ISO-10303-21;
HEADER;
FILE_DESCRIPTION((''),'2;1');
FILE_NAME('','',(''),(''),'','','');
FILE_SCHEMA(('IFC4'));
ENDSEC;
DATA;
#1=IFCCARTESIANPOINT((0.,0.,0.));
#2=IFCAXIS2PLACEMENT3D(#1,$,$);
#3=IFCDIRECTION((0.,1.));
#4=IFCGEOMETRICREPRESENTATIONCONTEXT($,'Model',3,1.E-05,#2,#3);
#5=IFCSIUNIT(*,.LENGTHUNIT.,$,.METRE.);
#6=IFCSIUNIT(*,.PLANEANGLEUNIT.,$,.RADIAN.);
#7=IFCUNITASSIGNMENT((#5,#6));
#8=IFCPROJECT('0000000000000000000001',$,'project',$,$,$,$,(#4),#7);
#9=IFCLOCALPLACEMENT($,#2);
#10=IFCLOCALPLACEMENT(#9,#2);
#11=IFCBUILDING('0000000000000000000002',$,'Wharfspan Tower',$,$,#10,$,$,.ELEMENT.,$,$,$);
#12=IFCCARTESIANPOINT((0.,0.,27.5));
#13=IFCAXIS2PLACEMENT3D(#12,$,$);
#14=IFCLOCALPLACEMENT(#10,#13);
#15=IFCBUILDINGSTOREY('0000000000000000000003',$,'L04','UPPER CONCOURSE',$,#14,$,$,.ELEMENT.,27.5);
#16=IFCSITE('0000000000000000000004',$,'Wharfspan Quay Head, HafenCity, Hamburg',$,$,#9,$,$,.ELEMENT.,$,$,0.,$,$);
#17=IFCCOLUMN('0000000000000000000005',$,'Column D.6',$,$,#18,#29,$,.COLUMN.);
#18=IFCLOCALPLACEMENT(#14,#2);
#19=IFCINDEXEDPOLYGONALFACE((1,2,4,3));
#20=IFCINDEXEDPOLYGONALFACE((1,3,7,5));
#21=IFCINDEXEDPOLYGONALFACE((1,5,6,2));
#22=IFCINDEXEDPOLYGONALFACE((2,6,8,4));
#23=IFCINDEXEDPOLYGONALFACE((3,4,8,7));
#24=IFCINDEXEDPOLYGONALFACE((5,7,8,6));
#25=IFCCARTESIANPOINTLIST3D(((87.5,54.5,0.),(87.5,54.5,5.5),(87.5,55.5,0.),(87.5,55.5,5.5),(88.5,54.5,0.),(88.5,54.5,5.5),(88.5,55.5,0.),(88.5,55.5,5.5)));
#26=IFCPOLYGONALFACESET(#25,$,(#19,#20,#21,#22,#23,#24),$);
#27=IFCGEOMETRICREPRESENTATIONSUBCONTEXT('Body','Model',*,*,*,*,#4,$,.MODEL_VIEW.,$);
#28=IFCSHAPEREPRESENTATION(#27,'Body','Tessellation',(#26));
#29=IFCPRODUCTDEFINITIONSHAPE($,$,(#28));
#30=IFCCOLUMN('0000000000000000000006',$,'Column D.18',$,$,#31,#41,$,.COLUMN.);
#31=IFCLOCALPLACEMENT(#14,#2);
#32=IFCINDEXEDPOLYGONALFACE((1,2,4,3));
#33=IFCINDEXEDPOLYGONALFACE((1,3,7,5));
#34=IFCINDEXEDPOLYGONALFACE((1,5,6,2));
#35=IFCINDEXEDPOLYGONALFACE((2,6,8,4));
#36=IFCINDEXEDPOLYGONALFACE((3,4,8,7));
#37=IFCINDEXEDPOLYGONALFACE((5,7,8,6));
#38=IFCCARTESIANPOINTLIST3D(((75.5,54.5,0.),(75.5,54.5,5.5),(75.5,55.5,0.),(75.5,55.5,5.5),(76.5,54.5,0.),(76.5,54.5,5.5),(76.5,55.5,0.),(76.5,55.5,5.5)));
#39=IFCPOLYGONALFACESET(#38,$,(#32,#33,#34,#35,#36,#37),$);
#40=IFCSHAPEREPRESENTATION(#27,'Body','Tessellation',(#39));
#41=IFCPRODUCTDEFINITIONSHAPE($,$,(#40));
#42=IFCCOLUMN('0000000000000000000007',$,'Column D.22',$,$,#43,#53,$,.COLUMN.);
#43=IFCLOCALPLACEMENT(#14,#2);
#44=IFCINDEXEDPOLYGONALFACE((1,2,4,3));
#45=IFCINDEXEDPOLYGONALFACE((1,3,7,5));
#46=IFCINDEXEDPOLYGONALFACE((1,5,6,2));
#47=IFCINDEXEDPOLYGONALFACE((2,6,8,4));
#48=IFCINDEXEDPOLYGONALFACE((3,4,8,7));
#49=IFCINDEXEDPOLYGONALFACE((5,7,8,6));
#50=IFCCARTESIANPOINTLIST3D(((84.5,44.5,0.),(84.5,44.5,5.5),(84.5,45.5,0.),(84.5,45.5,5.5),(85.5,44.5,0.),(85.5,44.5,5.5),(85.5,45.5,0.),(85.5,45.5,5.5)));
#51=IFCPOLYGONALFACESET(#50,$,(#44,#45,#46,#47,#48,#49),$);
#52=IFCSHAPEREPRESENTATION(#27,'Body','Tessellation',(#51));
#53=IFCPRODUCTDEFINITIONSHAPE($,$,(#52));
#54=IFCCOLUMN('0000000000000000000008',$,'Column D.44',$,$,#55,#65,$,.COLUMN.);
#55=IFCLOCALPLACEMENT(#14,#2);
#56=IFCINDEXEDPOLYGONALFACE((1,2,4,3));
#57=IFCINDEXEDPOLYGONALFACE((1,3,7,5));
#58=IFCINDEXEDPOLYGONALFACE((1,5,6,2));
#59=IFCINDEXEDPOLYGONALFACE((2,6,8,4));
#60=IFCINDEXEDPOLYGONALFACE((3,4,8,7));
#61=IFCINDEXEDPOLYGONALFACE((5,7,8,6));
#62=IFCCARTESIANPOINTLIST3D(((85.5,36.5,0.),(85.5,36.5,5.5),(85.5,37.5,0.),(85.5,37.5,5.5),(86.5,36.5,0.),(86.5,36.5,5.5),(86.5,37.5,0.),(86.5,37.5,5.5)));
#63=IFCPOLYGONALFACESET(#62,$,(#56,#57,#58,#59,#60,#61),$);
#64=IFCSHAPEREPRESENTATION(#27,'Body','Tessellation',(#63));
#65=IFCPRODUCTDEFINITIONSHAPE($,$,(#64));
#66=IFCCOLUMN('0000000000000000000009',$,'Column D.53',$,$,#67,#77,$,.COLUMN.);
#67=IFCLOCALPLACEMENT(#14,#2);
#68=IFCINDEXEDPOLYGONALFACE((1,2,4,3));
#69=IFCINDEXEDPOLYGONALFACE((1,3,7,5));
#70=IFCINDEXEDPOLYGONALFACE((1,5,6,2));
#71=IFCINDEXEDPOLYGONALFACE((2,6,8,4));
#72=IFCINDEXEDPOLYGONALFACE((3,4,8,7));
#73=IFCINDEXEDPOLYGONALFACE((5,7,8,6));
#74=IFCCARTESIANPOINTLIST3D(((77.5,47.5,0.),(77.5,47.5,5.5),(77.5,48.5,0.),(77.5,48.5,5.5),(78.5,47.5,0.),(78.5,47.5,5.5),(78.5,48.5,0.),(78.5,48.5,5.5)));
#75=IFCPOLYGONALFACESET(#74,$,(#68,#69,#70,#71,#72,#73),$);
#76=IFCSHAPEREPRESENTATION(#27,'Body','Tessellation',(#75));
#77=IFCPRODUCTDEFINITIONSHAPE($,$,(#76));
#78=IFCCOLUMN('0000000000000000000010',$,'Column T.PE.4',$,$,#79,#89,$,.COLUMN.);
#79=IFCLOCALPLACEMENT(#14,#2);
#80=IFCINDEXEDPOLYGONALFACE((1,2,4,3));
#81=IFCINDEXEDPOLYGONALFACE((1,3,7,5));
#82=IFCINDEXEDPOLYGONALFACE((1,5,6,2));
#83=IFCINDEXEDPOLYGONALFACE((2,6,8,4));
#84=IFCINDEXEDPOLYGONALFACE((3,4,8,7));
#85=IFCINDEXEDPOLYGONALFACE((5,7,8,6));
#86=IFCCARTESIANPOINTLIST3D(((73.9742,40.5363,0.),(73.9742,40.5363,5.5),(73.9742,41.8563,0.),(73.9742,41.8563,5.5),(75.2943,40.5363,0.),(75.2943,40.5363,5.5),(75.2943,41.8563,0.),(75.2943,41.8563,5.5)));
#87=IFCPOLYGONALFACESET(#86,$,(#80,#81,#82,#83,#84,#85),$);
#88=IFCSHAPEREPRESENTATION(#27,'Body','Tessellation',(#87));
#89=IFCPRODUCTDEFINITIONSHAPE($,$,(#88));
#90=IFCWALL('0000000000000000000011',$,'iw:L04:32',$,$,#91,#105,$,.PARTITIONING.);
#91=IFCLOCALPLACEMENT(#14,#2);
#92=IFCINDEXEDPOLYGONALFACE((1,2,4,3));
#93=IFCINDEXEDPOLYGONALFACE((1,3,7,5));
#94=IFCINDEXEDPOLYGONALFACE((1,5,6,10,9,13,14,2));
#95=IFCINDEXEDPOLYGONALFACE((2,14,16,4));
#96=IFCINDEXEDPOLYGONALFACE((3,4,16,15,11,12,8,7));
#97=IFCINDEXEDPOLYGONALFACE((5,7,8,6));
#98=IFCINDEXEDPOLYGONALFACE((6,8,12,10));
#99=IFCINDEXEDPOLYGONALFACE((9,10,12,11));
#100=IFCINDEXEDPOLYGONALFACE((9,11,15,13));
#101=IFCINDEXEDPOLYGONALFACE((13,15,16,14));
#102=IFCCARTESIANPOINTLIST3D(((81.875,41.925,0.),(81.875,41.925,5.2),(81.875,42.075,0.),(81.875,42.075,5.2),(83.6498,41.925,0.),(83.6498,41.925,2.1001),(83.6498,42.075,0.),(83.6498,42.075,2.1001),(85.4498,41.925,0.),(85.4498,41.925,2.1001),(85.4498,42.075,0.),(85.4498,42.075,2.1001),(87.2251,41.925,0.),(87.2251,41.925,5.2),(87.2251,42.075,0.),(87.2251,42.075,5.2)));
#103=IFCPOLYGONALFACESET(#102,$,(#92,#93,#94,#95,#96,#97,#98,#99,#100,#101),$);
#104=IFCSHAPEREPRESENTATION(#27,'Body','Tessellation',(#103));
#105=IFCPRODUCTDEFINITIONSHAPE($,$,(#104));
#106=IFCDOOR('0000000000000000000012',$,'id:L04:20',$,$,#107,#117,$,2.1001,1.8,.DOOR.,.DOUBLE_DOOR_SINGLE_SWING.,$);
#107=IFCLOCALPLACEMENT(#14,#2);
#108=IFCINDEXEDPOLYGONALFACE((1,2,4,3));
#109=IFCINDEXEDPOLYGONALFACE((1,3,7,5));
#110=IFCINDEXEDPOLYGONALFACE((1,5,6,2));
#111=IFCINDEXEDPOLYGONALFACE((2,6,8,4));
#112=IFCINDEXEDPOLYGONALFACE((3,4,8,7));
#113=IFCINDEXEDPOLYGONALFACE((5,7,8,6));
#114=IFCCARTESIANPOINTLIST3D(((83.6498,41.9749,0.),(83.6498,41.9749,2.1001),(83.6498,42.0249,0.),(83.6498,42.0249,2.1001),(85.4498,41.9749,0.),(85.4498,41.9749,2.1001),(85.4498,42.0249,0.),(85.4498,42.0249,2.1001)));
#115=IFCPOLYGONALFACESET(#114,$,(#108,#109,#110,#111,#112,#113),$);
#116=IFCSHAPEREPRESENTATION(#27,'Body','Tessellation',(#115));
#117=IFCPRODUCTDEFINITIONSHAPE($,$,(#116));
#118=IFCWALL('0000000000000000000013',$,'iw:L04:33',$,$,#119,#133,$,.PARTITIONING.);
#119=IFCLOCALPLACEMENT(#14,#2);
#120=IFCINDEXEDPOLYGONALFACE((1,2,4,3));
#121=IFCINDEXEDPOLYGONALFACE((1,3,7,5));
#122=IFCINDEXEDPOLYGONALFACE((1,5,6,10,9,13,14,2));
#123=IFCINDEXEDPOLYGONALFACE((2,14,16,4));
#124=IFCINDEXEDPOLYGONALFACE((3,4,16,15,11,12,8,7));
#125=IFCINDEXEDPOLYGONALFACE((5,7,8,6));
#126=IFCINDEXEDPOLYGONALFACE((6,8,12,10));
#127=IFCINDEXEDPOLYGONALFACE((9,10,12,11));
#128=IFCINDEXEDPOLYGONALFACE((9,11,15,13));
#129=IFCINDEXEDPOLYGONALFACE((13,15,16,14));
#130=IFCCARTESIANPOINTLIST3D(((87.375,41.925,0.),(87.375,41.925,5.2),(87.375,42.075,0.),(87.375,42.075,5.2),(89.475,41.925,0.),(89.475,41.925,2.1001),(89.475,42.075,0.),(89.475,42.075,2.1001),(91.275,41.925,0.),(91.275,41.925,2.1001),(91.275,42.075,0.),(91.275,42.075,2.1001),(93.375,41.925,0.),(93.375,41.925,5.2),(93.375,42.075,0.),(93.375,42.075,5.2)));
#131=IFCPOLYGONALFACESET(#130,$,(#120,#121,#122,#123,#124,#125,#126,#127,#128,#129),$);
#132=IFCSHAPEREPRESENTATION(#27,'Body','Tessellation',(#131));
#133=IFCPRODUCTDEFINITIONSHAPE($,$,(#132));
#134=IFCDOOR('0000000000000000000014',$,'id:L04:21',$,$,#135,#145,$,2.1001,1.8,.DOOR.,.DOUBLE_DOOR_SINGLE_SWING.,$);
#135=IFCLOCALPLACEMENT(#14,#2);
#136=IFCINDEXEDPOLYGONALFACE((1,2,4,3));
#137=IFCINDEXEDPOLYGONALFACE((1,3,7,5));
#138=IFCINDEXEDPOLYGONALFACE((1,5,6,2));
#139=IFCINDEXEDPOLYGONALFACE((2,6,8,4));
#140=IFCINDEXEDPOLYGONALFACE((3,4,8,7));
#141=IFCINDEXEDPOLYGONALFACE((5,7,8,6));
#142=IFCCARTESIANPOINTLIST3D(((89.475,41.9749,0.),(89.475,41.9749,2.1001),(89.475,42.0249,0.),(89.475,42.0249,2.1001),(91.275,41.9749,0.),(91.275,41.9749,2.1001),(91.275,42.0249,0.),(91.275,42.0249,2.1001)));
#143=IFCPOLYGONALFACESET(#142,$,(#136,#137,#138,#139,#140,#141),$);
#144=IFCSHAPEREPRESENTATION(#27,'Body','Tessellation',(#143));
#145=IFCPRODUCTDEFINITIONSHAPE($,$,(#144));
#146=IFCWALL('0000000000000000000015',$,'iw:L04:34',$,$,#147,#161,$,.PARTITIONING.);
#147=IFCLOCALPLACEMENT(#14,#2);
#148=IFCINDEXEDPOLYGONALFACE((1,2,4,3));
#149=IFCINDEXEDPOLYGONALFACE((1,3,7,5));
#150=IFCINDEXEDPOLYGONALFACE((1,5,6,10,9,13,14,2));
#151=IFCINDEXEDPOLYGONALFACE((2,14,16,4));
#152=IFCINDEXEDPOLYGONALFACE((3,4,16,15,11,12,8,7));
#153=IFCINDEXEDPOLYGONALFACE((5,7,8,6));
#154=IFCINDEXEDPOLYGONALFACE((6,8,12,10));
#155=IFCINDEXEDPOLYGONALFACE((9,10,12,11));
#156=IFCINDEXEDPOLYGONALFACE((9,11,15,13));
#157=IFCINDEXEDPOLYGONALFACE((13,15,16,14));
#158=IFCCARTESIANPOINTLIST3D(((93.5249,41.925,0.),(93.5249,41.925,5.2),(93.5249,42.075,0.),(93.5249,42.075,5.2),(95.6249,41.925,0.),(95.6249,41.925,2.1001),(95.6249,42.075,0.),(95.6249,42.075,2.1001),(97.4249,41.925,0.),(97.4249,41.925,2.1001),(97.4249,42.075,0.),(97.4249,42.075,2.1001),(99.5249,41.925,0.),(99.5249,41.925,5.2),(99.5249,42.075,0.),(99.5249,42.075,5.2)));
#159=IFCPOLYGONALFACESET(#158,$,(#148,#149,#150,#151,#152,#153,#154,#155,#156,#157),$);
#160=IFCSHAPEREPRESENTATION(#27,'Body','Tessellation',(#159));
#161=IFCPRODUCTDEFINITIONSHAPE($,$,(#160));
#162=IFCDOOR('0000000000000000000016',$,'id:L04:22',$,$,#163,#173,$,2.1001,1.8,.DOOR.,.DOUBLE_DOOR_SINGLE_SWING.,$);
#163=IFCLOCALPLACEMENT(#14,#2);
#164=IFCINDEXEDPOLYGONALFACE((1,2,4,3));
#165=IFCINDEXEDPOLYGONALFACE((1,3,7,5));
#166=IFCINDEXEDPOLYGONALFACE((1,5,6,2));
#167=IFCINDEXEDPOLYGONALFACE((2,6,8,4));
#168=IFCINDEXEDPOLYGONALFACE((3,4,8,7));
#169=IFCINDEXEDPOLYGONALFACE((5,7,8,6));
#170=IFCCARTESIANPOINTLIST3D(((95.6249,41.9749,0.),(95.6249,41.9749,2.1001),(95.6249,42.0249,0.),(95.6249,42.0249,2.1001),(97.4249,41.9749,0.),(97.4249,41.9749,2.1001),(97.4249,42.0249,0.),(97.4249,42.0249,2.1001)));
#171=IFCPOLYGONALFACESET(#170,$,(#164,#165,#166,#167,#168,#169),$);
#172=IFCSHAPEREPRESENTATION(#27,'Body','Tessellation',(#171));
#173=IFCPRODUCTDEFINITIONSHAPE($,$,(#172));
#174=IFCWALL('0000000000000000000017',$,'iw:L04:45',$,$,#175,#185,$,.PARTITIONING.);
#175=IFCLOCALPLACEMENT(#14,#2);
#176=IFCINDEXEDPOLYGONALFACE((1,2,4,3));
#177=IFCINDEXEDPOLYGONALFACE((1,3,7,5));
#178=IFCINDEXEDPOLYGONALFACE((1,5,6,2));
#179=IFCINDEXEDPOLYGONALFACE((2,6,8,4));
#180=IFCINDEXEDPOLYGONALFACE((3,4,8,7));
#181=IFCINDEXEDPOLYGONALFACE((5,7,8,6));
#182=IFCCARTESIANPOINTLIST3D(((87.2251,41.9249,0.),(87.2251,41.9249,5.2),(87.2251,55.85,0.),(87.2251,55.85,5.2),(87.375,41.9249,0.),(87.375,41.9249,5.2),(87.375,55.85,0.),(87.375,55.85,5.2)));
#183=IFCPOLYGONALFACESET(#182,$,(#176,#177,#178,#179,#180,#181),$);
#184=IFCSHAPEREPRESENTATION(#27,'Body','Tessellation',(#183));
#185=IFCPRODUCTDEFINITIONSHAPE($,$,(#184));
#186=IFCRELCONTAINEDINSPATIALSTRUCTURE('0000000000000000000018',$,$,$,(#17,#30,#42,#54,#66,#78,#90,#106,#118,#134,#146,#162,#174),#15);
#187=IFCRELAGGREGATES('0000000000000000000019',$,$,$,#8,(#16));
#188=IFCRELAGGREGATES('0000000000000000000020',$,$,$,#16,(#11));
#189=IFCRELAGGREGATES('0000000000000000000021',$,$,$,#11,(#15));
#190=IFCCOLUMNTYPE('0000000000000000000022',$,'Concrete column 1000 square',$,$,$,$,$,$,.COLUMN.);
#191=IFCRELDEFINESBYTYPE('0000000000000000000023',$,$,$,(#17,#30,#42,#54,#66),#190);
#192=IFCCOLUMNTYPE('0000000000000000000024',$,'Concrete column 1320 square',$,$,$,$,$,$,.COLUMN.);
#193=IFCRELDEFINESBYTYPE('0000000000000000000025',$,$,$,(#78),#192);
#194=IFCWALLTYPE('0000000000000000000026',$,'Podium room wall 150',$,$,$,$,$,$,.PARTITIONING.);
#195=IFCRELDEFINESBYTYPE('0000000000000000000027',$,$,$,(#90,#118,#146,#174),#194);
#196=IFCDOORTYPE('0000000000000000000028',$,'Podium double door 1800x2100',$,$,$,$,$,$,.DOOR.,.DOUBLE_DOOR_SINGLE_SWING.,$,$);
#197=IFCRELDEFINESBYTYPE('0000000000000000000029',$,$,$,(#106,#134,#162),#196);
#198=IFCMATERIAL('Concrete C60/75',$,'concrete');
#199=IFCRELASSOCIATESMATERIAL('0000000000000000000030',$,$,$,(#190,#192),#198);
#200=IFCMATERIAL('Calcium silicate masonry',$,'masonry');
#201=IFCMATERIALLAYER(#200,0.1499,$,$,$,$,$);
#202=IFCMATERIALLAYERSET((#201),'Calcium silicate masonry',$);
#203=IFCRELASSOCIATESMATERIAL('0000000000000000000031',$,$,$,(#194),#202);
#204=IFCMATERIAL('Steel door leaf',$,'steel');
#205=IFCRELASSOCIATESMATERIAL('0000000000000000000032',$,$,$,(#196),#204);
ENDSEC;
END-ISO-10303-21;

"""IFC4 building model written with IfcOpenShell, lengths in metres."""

from ifc_helpers import new_model, si_unit, direction, frame, frame_2d, origin, origin_2d, place, context, subcontext, project, spatial, rectangle, extrude, material, layer, layer_set, material_profile, profile_set, type_object, element, fill, save


model = new_model("IFC4")

# Units and contexts
model_context = context("Model", 3, precision=1e-05, world=origin(), true_north=direction((0.0, 1.0)))
body_context = subcontext(model_context, "Body", "Model", "MODEL_VIEW")
ifc_project = project(units=[si_unit("LENGTHUNIT", "METRE"), si_unit("PLANEANGLEUNIT", "RADIAN")], contexts=[model_context])

# Site, building, storey
site_placement = place(None, origin())
site = spatial("IfcSite", under=ifc_project, at=site_placement, Name="Wharfspan Quay Head, HafenCity, Hamburg", CompositionType="ELEMENT", RefElevation=0.0)
building_placement = place(site_placement, origin())
building = spatial("IfcBuilding", under=site, at=building_placement, Name="Wharfspan Tower", CompositionType="ELEMENT")
storey_placement = place(building_placement, frame((0.0, 0.0, 27.5)))
storey = spatial("IfcBuildingStorey", under=building, at=storey_placement, Name="L04", Description="UPPER CONCOURSE", CompositionType="ELEMENT", Elevation=27.5)

# Columns
ifc_material_1 = material(Name="Concrete C60/75", Category="concrete")
ifc_material_profile_1 = material_profile(ifc_material_1, rectangle(XDim=1.0, YDim=1.0, at=origin_2d()))
ifc_profile_set_1 = profile_set([ifc_material_profile_1], Name="Concrete C60/75")
column_type_1 = type_object("IfcColumnType", Name="Concrete column 1000 square", PredefinedType="COLUMN", material=ifc_profile_set_1)
for number, where, z_axis, x_axis, name in (
    (1, (88.0, 55.0, 0.0), (0.0, 0.0, 1.0), (1.0, 0.0, 0.0), "Column D.6"),
    (2, (76.0, 55.0, 0.0), (0.0, 0.0, 1.0), (1.0, 0.0, 0.0), "Column D.18"),
    (3, (85.0, 45.0, 0.0), (0.0, 0.0, 1.0), (1.0, 0.0, 0.0), "Column D.22"),
    (4, (86.0, 37.0, 0.0), (0.0, 0.0, 1.0), (1.0, 0.0, 0.0), "Column D.44"),
    (5, (78.0, 48.0, 0.0), (0.0, 0.0, 1.0), (1.0, 0.0, 0.0), "Column D.53"),
):
    element("IfcColumn", number, at=place(storey_placement, frame(where, z_axis=z_axis, x_axis=x_axis)), inside=storey, type_object=column_type_1, Name=name, PredefinedType="COLUMN", context=body_context, shape_type="SweptSolid", body=[
        extrude(rectangle(XDim=1.0, YDim=1.0, at=origin_2d()), origin(), (0.0, 0.0, 1.0), 5.5),
    ])
ifc_material_profile_2 = material_profile(ifc_material_1, rectangle(XDim=1.3201, YDim=1.3201, at=origin_2d()))
ifc_profile_set_2 = profile_set([ifc_material_profile_2], Name="Concrete C60/75")
column_type_2 = type_object("IfcColumnType", Name="Concrete column 1320 square", PredefinedType="COLUMN", material=ifc_profile_set_2)
column_placement = place(storey_placement, frame((74.6343, 41.1963, 0.0), z_axis=(0.0, 0.0, 1.0), x_axis=(1.0, 0.0, 0.0)))
element("IfcColumn", 6, at=column_placement, inside=storey, type_object=column_type_2, Name="Column T.PE.4", PredefinedType="COLUMN", context=body_context, shape_type="SweptSolid", body=[
    extrude(rectangle(XDim=1.3201, YDim=1.3201, at=origin_2d()), origin(), (0.0, 0.0, 1.0), 5.5),
])

# Walls, openings, doors
ifc_material_2 = material(Name="Calcium silicate masonry", Category="masonry")
ifc_layer_1 = layer(ifc_material_2, 0.1499)
ifc_layer_set_1 = layer_set([ifc_layer_1], Name="Calcium silicate masonry")
wall_type_1 = type_object("IfcWallType", Name="Podium room wall 150", PredefinedType="PARTITIONING", material=ifc_layer_set_1)
wall_1_placement = place(storey_placement, frame((81.875, 42.0, 0.0), z_axis=(0.0, 0.0, 1.0), x_axis=(1.0, 0.0, 0.0)))
wall_1 = element("IfcWall", 7, at=wall_1_placement, inside=storey, type_object=wall_type_1, Name="iw:L04:32", PredefinedType="PARTITIONING", context=body_context, shape_type="SweptSolid", body=[
    extrude(rectangle(XDim=5.3501, YDim=0.1499, at=frame_2d((2.675, 0.0))), origin(), (0.0, 0.0, 1.0), 5.2),
])
opening_1_placement = place(wall_1_placement, frame((1.7749, 0.0, 0.0)))
opening_1 = element("IfcOpeningElement", 8, at=opening_1_placement, cuts=wall_1, PredefinedType="OPENING", context=body_context, shape_type="SweptSolid", body=[
    extrude(rectangle(XDim=1.8, YDim=2.1001, at=frame_2d((0.8999, 1.05))), frame((0.0, 0.085, 0.0), z_axis=(0.0, -1.0, 0.0), x_axis=(1.0, 0.0, 0.0)), (0.0, 0.0, 1.0), 0.1699),
])
ifc_material_3 = material(Name="Steel door leaf", Category="steel")
door_type = type_object("IfcDoorType", Name="Podium double door 1800x2100", OperationType="DOUBLE_DOOR_SINGLE_SWING", PredefinedType="DOOR", material=ifc_material_3)
door_1_placement = place(opening_1_placement, origin())
door_1 = element("IfcDoor", 9, at=door_1_placement, inside=storey, type_object=door_type, Name="id:L04:20", OperationType="DOUBLE_DOOR_SINGLE_SWING", OverallHeight=2.1001, OverallWidth=1.8, PredefinedType="DOOR", context=body_context, shape_type="SweptSolid", body=[
    extrude(rectangle(XDim=1.8, YDim=2.1001, at=frame_2d((0.8999, 1.05))), frame((0.0, 0.0249, 0.0), z_axis=(0.0, -1.0, 0.0), x_axis=(1.0, 0.0, 0.0)), (0.0, 0.0, 1.0), 0.05),
])
fill(opening_1, door_1)
wall_2_placement = place(storey_placement, frame((87.375, 42.0, 0.0), z_axis=(0.0, 0.0, 1.0), x_axis=(1.0, 0.0, 0.0)))
wall_2 = element("IfcWall", 10, at=wall_2_placement, inside=storey, type_object=wall_type_1, Name="iw:L04:33", PredefinedType="PARTITIONING", context=body_context, shape_type="SweptSolid", body=[
    extrude(rectangle(XDim=6.0, YDim=0.1499, at=frame_2d((3.0, 0.0))), origin(), (0.0, 0.0, 1.0), 5.2),
])
opening_2_placement = place(wall_2_placement, frame((2.1001, 0.0, 0.0)))
opening_2 = element("IfcOpeningElement", 11, at=opening_2_placement, cuts=wall_2, PredefinedType="OPENING", context=body_context, shape_type="SweptSolid", body=[
    extrude(rectangle(XDim=1.8, YDim=2.1001, at=frame_2d((0.8999, 1.05))), frame((0.0, 0.085, 0.0), z_axis=(0.0, -1.0, 0.0), x_axis=(1.0, 0.0, 0.0)), (0.0, 0.0, 1.0), 0.1699),
])
door_2_placement = place(opening_2_placement, origin())
door_2 = element("IfcDoor", 12, at=door_2_placement, inside=storey, type_object=door_type, Name="id:L04:21", OperationType="DOUBLE_DOOR_SINGLE_SWING", OverallHeight=2.1001, OverallWidth=1.8, PredefinedType="DOOR", context=body_context, shape_type="SweptSolid", body=[
    extrude(rectangle(XDim=1.8, YDim=2.1001, at=frame_2d((0.8999, 1.05))), frame((0.0, 0.0249, 0.0), z_axis=(0.0, -1.0, 0.0), x_axis=(1.0, 0.0, 0.0)), (0.0, 0.0, 1.0), 0.05),
])
fill(opening_2, door_2)
wall_3_placement = place(storey_placement, frame((93.5249, 42.0, 0.0), z_axis=(0.0, 0.0, 1.0), x_axis=(1.0, 0.0, 0.0)))
wall_3 = element("IfcWall", 13, at=wall_3_placement, inside=storey, type_object=wall_type_1, Name="iw:L04:34", PredefinedType="PARTITIONING", context=body_context, shape_type="SweptSolid", body=[
    extrude(rectangle(XDim=6.0, YDim=0.1499, at=frame_2d((3.0, 0.0))), origin(), (0.0, 0.0, 1.0), 5.2),
])
opening_3_placement = place(wall_3_placement, frame((2.1001, 0.0, 0.0)))
opening_3 = element("IfcOpeningElement", 14, at=opening_3_placement, cuts=wall_3, PredefinedType="OPENING", context=body_context, shape_type="SweptSolid", body=[
    extrude(rectangle(XDim=1.8, YDim=2.1001, at=frame_2d((0.8999, 1.05))), frame((0.0, 0.085, 0.0), z_axis=(0.0, -1.0, 0.0), x_axis=(1.0, 0.0, 0.0)), (0.0, 0.0, 1.0), 0.1699),
])
door_3_placement = place(opening_3_placement, origin())
door_3 = element("IfcDoor", 15, at=door_3_placement, inside=storey, type_object=door_type, Name="id:L04:22", OperationType="DOUBLE_DOOR_SINGLE_SWING", OverallHeight=2.1001, OverallWidth=1.8, PredefinedType="DOOR", context=body_context, shape_type="SweptSolid", body=[
    extrude(rectangle(XDim=1.8, YDim=2.1001, at=frame_2d((0.8999, 1.05))), frame((0.0, 0.0249, 0.0), z_axis=(0.0, -1.0, 0.0), x_axis=(1.0, 0.0, 0.0)), (0.0, 0.0, 1.0), 0.05),
])
fill(opening_3, door_3)

# Wall
for number, where, z_axis, x_axis, name in (
    (16, (87.3, 41.925, 0.0), (0.0, 0.0, 1.0), (0.0, 1.0, 0.0), "iw:L04:45"),
):
    element("IfcWall", number, at=place(storey_placement, frame(where, z_axis=z_axis, x_axis=x_axis)), inside=storey, type_object=wall_type_1, Name=name, PredefinedType="PARTITIONING", context=body_context, shape_type="SweptSolid", body=[
        extrude(rectangle(XDim=13.925, YDim=0.1499, at=frame_2d((6.9624, 0.0))), origin(), (0.0, 0.0, 1.0), 5.2),
    ])

save(model, "model.ifc")
